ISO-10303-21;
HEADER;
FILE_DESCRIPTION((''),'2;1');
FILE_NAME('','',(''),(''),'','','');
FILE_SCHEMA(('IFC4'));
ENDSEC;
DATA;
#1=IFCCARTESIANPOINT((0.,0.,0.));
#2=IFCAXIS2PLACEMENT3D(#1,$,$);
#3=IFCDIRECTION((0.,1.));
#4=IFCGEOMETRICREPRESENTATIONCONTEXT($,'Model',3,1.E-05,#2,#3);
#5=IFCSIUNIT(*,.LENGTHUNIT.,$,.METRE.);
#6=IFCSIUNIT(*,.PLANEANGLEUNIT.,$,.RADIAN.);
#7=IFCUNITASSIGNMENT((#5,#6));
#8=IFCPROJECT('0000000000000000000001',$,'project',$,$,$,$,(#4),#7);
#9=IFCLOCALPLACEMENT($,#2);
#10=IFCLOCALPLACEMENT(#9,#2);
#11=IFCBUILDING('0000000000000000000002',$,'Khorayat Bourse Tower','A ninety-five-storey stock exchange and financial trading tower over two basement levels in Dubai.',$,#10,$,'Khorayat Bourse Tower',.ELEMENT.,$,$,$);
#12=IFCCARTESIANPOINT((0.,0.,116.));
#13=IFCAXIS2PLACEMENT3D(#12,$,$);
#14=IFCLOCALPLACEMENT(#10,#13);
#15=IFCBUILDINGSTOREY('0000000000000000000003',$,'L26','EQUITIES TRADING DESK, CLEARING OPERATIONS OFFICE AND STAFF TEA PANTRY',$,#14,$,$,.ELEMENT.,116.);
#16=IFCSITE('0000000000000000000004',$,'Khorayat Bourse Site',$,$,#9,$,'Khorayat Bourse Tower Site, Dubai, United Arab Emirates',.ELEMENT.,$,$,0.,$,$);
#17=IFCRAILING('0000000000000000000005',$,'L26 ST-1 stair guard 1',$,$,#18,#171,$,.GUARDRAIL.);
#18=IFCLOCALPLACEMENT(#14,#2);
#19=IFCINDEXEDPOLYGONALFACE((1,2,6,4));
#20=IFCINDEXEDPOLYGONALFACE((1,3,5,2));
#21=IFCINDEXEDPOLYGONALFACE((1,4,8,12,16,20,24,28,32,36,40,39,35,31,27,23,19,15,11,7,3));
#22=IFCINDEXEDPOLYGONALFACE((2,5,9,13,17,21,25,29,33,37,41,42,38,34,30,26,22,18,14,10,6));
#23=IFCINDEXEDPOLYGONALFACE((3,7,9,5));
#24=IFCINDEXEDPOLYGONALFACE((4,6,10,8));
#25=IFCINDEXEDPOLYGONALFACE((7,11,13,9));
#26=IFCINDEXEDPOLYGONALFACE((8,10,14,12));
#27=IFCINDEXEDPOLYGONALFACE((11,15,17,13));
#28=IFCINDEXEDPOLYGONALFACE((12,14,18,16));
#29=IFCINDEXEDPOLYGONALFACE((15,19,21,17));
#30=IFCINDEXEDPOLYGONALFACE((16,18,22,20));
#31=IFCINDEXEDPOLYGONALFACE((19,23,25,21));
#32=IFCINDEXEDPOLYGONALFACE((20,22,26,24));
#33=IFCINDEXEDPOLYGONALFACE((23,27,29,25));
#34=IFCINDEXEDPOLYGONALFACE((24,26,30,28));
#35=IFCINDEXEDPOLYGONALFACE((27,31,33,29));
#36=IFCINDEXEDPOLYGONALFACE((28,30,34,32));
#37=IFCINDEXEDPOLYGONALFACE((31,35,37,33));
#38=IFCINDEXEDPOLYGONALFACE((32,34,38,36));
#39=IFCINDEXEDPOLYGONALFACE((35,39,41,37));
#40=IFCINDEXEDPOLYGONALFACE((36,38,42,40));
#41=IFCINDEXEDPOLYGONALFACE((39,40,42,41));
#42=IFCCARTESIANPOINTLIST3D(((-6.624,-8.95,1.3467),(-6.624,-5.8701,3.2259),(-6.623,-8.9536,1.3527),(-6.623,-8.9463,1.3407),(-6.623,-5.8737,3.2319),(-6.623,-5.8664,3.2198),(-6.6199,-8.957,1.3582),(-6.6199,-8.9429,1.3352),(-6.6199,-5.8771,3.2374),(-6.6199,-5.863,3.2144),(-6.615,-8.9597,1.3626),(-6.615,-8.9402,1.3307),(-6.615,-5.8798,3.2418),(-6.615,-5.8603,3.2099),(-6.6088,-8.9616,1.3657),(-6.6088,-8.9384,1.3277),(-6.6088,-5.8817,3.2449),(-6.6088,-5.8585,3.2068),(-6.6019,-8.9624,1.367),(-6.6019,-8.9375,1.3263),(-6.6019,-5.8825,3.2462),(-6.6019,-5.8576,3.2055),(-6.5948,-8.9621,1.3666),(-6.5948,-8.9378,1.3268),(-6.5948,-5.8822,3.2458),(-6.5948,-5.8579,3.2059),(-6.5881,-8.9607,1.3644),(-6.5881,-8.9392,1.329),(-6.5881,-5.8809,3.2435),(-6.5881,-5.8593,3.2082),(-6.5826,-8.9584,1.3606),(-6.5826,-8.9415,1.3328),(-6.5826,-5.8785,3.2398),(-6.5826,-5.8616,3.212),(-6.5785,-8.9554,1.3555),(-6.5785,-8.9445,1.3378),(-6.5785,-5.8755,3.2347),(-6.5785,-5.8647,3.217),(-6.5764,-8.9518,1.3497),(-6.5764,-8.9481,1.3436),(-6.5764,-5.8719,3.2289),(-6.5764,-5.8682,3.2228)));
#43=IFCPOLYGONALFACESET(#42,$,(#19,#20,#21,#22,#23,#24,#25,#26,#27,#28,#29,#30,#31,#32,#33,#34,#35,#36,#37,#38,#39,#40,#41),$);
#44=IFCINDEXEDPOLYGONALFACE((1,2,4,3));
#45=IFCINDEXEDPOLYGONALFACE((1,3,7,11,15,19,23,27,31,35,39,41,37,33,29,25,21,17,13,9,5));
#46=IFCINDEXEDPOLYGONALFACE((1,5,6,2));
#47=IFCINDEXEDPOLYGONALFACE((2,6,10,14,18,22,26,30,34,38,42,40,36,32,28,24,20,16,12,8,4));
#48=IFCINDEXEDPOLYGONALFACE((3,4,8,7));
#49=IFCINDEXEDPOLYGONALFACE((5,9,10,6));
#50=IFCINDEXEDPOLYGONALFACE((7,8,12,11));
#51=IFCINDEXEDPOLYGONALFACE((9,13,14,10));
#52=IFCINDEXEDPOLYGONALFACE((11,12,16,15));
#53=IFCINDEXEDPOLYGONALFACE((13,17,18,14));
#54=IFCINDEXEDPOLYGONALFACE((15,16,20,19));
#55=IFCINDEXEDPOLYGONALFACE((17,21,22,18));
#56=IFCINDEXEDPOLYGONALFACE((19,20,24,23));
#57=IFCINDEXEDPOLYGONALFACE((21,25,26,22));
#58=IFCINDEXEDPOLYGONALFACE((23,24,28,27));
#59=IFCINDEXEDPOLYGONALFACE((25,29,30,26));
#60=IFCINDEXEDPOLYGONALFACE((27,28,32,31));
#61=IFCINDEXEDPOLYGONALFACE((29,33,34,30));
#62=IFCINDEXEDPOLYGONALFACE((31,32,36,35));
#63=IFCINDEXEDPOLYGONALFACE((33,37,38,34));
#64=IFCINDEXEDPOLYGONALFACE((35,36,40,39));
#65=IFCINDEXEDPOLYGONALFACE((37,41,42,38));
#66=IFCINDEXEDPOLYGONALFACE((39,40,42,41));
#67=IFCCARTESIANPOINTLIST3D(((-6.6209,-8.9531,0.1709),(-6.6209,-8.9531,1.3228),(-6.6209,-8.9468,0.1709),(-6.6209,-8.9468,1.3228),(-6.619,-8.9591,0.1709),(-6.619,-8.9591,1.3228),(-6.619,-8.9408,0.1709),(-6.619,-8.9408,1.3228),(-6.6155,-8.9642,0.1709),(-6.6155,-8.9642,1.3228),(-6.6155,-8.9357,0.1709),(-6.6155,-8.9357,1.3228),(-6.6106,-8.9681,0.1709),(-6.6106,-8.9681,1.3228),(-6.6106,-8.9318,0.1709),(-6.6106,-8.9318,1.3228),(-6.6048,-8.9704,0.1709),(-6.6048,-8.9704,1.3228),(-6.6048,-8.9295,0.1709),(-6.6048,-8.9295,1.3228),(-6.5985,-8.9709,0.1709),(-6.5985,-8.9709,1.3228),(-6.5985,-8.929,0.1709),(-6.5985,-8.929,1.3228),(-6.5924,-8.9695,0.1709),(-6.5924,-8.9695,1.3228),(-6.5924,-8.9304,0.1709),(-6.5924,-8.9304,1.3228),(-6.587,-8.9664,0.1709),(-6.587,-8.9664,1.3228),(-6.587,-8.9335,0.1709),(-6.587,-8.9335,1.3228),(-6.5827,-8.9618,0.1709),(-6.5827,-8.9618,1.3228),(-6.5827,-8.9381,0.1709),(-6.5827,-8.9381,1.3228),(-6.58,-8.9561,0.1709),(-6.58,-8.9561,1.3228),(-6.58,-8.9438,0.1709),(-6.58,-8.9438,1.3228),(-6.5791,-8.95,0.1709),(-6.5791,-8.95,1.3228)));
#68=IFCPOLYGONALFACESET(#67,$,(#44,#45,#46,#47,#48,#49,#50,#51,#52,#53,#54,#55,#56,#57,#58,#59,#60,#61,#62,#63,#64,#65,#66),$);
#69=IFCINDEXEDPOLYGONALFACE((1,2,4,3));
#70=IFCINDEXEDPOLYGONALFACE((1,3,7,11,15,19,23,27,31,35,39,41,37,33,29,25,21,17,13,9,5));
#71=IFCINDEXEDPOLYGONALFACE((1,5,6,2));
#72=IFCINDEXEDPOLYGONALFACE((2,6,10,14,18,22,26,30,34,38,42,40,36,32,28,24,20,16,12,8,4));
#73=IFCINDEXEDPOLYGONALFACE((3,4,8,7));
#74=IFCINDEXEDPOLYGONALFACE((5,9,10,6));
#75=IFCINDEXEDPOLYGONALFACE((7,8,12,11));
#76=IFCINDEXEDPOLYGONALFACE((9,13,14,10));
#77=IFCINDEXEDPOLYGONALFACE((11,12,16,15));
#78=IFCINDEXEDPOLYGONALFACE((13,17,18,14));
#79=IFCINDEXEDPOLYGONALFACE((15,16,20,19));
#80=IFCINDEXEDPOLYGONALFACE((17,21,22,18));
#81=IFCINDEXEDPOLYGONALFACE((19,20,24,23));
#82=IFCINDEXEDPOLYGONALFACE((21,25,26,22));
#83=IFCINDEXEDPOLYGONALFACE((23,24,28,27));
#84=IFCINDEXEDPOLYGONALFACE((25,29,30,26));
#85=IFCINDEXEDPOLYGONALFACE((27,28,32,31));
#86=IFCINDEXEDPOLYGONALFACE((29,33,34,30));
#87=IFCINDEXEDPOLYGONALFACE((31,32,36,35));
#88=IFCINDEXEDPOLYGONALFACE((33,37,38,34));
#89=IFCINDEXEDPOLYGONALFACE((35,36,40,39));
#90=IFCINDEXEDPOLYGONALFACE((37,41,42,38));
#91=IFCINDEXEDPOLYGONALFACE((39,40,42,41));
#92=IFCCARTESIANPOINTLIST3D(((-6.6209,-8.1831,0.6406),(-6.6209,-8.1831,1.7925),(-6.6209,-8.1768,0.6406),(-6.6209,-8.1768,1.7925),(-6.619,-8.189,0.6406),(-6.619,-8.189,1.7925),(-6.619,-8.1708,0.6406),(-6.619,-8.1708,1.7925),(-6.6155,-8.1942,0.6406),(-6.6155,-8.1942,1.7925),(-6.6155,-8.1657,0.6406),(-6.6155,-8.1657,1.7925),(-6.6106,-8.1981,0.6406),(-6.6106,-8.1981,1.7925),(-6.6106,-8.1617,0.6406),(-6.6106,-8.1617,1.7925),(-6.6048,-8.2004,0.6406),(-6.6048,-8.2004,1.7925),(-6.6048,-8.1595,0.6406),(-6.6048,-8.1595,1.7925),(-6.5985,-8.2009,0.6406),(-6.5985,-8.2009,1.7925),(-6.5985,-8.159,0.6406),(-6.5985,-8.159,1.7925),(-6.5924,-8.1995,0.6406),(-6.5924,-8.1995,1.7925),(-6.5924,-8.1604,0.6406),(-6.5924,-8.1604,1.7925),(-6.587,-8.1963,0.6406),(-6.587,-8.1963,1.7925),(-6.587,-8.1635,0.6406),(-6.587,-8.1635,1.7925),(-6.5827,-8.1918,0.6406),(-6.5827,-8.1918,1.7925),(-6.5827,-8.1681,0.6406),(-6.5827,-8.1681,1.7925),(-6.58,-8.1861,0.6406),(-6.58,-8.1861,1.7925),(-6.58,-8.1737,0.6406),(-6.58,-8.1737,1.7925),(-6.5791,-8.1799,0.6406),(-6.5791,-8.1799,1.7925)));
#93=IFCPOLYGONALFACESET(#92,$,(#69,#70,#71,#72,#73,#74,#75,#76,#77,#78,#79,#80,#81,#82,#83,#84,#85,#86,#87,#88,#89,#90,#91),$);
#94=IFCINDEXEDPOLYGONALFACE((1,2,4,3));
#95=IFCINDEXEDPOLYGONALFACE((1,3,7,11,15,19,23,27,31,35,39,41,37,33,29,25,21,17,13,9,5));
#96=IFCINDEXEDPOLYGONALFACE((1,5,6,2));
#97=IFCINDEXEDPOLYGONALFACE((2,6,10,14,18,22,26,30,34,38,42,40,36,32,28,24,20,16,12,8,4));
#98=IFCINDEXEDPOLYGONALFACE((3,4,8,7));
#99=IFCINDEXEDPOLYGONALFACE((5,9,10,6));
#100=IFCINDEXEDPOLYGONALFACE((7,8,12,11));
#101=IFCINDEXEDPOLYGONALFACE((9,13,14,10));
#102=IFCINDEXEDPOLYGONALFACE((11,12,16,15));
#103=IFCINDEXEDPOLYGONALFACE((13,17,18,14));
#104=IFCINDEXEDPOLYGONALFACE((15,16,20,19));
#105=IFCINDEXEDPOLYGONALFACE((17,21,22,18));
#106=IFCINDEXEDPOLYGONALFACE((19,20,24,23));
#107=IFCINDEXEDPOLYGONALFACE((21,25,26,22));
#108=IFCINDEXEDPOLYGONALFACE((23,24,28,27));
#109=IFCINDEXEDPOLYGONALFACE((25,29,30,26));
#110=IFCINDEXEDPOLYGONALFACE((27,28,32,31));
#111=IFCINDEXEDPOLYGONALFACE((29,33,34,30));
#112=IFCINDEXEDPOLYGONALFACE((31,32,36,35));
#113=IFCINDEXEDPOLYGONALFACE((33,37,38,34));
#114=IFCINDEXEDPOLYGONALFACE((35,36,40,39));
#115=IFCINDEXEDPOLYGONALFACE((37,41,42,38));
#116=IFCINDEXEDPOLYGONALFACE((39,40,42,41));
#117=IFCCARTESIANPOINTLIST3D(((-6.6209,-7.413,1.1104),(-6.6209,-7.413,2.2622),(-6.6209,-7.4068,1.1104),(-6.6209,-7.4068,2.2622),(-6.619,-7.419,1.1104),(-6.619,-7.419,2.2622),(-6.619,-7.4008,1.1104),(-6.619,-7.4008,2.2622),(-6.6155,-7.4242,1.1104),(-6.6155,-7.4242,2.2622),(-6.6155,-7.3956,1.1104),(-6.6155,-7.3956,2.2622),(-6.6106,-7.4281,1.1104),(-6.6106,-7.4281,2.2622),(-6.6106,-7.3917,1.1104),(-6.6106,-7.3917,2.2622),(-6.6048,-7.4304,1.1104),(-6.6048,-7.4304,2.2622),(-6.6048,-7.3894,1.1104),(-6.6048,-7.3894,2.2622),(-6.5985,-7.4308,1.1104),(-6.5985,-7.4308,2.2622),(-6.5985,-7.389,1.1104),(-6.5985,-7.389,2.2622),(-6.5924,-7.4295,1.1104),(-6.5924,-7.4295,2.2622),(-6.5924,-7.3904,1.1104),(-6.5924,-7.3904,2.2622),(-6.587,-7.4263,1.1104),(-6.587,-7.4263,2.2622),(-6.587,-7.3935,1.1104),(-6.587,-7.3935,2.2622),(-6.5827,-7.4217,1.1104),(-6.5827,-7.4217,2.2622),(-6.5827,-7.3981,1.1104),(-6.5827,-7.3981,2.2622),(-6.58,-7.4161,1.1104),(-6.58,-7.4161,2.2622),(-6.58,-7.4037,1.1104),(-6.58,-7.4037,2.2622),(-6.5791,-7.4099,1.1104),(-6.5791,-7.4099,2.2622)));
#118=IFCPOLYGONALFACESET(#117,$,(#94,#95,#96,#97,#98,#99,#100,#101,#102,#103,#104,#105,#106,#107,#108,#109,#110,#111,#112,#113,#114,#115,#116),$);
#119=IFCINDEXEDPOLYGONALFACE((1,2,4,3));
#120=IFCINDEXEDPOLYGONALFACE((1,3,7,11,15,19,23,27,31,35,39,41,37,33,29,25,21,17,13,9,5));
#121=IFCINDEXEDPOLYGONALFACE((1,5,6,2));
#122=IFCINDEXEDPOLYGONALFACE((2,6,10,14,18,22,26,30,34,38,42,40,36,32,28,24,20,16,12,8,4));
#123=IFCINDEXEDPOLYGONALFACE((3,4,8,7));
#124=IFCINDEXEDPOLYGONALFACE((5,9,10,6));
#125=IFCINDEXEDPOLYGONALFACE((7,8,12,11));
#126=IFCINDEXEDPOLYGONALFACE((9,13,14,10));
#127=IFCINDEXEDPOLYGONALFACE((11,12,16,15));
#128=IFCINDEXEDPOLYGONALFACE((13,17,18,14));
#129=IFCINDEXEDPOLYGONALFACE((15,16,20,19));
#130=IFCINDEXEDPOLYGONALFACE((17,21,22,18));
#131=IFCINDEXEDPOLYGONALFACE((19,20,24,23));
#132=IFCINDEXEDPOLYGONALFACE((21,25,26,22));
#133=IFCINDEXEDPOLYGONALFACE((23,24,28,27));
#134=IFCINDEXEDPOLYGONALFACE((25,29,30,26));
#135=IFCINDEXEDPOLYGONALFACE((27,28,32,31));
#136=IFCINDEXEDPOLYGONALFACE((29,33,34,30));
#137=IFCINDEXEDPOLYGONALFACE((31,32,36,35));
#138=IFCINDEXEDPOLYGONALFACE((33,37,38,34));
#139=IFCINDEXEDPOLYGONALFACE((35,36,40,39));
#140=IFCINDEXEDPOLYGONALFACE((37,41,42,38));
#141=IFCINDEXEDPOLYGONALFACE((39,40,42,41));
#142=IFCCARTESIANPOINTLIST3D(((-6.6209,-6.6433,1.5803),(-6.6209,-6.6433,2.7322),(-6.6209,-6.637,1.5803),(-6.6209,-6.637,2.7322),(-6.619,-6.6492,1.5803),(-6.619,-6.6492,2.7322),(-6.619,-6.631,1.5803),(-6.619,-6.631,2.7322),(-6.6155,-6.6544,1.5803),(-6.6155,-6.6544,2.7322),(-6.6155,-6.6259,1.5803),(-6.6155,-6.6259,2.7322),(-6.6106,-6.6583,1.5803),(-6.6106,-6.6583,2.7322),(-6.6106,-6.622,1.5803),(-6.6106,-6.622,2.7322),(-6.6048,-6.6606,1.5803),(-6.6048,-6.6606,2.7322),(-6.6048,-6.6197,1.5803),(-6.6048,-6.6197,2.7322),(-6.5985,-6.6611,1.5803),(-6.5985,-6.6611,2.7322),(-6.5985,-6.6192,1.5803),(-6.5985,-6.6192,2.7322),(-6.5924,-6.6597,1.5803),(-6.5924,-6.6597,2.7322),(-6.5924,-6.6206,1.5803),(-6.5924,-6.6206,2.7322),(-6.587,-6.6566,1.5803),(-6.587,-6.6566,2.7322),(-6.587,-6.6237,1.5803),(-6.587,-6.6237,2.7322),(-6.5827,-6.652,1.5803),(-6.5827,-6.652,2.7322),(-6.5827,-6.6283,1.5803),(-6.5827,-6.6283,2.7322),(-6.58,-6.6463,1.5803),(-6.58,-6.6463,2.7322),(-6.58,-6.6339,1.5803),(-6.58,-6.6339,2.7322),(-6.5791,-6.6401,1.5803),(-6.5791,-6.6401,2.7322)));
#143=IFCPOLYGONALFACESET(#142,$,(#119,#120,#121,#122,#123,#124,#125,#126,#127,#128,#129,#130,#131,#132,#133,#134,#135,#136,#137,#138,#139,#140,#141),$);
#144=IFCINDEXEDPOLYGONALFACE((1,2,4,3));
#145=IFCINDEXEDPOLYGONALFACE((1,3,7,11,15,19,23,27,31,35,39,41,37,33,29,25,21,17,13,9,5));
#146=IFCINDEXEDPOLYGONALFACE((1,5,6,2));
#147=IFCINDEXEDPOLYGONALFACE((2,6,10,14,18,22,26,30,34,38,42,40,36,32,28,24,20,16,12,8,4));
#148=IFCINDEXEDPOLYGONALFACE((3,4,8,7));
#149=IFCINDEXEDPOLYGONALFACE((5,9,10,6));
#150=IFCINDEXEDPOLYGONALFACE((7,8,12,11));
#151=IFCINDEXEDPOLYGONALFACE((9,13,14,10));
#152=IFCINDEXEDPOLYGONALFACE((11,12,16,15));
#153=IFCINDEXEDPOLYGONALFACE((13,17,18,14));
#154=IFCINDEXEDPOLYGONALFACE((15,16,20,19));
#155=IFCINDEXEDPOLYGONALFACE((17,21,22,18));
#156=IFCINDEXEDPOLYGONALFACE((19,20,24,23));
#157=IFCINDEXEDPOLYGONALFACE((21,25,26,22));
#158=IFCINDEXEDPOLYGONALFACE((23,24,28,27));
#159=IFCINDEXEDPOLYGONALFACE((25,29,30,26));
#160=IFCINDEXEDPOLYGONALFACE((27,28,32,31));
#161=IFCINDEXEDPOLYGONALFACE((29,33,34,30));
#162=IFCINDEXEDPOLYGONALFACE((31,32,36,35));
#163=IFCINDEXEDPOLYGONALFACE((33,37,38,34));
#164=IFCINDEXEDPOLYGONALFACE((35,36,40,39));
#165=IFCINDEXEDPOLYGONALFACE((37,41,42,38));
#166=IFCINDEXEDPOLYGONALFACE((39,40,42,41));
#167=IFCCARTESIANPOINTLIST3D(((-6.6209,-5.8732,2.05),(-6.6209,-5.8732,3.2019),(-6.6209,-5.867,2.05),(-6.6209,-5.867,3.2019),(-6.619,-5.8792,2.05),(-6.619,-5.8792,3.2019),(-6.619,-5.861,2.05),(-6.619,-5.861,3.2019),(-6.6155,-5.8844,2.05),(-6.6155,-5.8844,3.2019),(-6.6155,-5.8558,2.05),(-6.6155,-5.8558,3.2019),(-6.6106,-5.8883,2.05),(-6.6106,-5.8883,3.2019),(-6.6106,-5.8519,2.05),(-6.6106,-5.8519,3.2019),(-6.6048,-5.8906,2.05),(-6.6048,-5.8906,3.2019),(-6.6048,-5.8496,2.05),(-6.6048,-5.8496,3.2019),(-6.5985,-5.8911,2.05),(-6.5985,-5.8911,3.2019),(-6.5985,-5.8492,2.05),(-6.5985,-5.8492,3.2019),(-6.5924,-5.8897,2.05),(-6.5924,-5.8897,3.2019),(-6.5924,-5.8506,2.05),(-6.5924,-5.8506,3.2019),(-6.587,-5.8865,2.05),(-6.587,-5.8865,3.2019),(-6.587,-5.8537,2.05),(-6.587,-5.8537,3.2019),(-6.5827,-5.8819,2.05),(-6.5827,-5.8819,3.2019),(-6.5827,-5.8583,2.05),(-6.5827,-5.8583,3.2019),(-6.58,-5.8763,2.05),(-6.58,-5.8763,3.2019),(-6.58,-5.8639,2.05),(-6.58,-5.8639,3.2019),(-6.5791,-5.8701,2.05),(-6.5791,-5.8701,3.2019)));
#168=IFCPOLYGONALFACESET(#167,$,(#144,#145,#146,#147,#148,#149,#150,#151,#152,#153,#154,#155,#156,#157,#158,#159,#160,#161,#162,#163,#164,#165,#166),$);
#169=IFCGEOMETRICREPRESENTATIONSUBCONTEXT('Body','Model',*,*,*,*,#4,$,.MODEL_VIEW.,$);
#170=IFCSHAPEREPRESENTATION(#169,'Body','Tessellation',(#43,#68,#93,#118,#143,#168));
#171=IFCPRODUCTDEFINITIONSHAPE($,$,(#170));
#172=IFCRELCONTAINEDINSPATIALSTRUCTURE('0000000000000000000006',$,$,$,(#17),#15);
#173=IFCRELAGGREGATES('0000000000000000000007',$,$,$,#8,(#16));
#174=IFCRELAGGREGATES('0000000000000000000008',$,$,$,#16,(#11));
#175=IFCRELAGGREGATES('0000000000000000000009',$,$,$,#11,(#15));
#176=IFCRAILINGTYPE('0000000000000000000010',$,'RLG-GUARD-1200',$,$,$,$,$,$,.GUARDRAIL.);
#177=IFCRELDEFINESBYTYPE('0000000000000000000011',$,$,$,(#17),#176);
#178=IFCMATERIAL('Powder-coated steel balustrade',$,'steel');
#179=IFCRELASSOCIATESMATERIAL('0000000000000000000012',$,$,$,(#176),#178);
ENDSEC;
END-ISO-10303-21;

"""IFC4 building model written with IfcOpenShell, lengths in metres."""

from ifc_helpers import new_model, si_unit, direction, frame, origin, origin_2d, place, context, subcontext, project, spatial, circle, extrude, source, transform, mapped, material, type_object, element, save


model = new_model("IFC4")

# Units and contexts
model_context = context("Model", 3, precision=1e-05, world=origin(), true_north=direction((0.0, 1.0)))
body_context = subcontext(model_context, "Body", "Model", "MODEL_VIEW")
ifc_project = project(units=[si_unit("LENGTHUNIT", "METRE"), si_unit("PLANEANGLEUNIT", "RADIAN")], contexts=[model_context])

# Site, building, storey
site_placement = place(None, origin())
site = spatial("IfcSite", under=ifc_project, at=site_placement, Name="Khorayat Bourse Site", LongName="Khorayat Bourse Tower Site, Dubai, United Arab Emirates", CompositionType="ELEMENT", RefElevation=0.0)
building_placement = place(site_placement, origin())
building = spatial("IfcBuilding", under=site, at=building_placement, Name="Khorayat Bourse Tower", Description="A ninety-five-storey stock exchange and financial trading tower over two basement levels in Dubai.", LongName="Khorayat Bourse Tower", CompositionType="ELEMENT")
storey_placement = place(building_placement, frame((0.0, 0.0, 116.0)))
storey = spatial("IfcBuildingStorey", under=building, at=storey_placement, Name="L26", Description="EQUITIES TRADING DESK, CLEARING OPERATIONS OFFICE AND STAFF TEA PANTRY", CompositionType="ELEMENT", Elevation=116.0)

# Railing
ifc_material_1 = material(Name="Powder-coated steel balustrade", Category="steel")
railing_type_1 = type_object("IfcRailingType", Name="RLG-GUARD-1200", PredefinedType="GUARDRAIL", material=ifc_material_1)
shared_shape_1 = source(origin(), body_context, "Body", "SweptSolid", [
    extrude(circle(Radius=0.0239, at=origin_2d()), frame((0.0, 0.0, 1.1758), z_axis=(0.0, 0.853648, 0.52085), x_axis=(-1.0, 0.0, 0.0)), (0.0, 0.0, 1.0), 3.6079),
    extrude(circle(Radius=0.021, at=origin_2d()), origin(), (0.0, 0.0, 1.0), 1.1519),
    extrude(circle(Radius=0.021, at=origin_2d()), frame((0.0, 0.77, 0.4697)), (0.0, 0.0, 1.0), 1.1519),
    extrude(circle(Radius=0.021, at=origin_2d()), frame((0.0, 1.54, 0.9395)), (0.0, 0.0, 1.0), 1.1519),
    extrude(circle(Radius=0.021, at=origin_2d()), frame((0.0, 2.3098, 1.4094)), (0.0, 0.0, 1.0), 1.1519),
    extrude(circle(Radius=0.021, at=origin_2d()), frame((0.0, 3.0798, 1.8792)), (0.0, 0.0, 1.0), 1.1519),
])
railing_1_placement = place(storey_placement, frame((-6.6001, -8.95, 0.1709)))
element("IfcRailing", 1, at=railing_1_placement, inside=storey, type_object=railing_type_1, Name="L26 ST-1 stair guard 1", PredefinedType="GUARDRAIL", context=body_context, shape_type="MappedRepresentation", body=[
    mapped(shared_shape_1, transform((0.0, 0.0, 0.0), scale=1.0)),
])

save(model, "model.ifc")
